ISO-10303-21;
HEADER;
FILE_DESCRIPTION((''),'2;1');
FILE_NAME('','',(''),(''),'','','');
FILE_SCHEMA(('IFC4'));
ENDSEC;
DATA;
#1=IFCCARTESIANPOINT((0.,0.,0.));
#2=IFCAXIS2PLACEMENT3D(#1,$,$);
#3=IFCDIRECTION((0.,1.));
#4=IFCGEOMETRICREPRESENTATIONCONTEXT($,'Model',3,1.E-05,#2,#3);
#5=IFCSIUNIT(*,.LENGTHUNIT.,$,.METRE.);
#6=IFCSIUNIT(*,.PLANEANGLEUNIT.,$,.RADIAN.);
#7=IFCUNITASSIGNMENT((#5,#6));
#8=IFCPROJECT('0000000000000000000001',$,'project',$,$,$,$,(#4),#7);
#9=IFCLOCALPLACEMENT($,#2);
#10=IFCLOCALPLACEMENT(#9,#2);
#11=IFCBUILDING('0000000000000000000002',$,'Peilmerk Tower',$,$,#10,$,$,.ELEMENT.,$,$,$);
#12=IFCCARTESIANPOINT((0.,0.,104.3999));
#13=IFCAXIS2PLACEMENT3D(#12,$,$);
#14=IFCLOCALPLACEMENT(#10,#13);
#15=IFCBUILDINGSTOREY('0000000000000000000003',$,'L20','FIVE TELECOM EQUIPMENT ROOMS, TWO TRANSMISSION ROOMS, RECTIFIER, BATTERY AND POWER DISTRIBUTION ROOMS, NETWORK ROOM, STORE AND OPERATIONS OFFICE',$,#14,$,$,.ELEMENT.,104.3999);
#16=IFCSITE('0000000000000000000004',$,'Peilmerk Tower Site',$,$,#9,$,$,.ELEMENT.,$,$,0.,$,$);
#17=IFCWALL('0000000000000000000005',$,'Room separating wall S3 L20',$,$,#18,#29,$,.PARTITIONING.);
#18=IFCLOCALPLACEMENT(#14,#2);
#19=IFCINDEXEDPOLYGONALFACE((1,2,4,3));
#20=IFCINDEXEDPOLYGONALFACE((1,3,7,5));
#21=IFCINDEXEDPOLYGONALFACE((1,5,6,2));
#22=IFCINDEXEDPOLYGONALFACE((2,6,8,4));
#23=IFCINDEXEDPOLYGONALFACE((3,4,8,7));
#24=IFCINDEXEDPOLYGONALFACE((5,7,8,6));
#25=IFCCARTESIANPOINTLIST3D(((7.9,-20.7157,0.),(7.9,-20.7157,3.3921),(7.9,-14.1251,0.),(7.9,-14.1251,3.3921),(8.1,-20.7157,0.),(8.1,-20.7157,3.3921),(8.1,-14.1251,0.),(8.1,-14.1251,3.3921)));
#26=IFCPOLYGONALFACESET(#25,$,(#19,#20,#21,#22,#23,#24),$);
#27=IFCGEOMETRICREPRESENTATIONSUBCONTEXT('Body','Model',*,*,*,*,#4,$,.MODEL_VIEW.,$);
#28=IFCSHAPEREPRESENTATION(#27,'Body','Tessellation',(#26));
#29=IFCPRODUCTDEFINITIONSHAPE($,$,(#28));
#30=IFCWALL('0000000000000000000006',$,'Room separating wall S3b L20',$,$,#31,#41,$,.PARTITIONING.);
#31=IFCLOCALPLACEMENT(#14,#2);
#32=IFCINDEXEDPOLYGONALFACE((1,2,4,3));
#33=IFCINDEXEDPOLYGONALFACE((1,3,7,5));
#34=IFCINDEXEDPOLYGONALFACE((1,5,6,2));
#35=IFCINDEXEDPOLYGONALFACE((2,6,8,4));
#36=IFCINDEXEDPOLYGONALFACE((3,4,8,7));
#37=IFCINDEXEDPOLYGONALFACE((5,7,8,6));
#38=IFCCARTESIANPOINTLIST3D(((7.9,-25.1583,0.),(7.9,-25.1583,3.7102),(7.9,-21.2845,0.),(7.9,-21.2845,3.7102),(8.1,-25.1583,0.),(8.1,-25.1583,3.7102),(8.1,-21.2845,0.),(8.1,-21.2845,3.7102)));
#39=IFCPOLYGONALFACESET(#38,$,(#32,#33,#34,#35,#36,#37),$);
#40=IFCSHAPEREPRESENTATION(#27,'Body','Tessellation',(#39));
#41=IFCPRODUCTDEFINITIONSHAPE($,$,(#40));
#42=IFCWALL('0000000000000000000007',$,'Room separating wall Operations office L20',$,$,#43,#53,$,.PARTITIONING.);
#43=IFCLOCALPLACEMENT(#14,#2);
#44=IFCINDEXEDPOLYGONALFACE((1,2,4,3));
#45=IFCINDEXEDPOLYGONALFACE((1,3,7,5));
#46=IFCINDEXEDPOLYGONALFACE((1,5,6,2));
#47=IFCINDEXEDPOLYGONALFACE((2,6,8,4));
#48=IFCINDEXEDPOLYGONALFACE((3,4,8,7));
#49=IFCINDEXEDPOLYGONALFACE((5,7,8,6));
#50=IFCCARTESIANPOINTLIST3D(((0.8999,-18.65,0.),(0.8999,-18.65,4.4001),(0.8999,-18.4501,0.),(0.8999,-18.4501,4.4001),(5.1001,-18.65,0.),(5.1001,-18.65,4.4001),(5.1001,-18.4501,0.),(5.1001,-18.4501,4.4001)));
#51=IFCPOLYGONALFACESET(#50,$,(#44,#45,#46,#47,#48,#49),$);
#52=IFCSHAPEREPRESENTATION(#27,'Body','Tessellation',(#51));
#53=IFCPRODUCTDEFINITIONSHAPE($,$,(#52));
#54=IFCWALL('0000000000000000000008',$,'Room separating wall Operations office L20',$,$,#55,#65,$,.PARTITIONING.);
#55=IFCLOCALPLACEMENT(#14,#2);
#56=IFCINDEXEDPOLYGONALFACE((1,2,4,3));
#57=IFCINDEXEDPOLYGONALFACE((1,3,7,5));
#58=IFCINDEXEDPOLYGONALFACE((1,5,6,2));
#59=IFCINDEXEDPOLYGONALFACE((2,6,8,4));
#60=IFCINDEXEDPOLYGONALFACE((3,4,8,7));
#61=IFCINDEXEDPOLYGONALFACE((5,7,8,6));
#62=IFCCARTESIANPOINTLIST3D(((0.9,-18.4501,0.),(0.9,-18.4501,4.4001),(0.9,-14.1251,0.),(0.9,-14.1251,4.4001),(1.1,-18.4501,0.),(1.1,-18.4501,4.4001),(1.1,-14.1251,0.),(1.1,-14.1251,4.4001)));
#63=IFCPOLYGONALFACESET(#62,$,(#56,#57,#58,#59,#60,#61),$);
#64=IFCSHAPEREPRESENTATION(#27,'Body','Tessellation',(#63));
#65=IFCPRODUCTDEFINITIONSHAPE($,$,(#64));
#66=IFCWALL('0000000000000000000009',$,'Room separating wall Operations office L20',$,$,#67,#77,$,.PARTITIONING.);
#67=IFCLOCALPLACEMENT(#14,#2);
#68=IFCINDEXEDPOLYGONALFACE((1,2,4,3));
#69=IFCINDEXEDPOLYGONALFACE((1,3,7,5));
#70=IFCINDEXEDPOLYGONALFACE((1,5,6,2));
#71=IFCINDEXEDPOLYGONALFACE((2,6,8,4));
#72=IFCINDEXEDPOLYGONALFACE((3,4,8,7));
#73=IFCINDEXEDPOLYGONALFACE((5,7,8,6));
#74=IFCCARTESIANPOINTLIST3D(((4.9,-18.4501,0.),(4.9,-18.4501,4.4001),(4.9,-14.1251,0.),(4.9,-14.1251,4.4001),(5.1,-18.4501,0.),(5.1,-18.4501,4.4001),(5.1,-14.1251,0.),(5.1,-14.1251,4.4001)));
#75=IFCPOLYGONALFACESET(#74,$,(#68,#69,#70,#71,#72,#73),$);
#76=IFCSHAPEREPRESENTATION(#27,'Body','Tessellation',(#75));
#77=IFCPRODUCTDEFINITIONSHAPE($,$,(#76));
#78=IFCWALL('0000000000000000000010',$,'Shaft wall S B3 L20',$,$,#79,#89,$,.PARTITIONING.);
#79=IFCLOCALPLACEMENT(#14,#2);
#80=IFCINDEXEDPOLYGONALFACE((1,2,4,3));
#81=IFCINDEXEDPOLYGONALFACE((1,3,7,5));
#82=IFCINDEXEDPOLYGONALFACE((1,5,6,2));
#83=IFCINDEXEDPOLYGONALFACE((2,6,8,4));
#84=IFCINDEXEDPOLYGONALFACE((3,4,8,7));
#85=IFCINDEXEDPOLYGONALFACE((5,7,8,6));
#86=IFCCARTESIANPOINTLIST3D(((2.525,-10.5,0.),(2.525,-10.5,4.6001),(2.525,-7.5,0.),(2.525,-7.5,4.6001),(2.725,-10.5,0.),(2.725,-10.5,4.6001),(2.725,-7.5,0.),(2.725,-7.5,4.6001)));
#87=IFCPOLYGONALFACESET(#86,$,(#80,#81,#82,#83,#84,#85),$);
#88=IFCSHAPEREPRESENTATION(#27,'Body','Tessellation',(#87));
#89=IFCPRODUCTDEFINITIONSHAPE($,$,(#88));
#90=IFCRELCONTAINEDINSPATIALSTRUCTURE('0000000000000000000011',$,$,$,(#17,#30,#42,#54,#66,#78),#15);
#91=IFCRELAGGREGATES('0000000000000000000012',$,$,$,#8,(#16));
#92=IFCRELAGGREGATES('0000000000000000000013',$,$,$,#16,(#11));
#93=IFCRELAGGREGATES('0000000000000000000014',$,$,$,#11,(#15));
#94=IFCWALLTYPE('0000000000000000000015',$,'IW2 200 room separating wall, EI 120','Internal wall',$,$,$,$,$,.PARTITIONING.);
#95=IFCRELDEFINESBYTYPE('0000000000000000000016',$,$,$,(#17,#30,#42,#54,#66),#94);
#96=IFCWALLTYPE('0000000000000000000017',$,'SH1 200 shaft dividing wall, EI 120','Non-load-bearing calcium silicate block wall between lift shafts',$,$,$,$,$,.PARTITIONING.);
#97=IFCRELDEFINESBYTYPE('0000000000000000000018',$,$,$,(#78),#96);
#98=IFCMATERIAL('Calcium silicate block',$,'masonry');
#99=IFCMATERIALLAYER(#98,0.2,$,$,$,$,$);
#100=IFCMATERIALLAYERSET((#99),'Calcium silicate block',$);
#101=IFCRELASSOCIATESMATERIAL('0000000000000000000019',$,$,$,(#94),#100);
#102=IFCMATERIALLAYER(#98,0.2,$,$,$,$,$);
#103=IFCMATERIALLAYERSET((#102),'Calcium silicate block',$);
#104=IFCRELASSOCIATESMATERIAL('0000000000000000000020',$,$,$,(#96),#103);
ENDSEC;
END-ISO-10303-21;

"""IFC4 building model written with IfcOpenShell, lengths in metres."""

from ifc_helpers import new_model, si_unit, direction, frame, frame_2d, origin, place, context, subcontext, project, spatial, rectangle, extrude, material, layer, layer_set, type_object, element, save


model = new_model("IFC4")

# Units and contexts
model_context = context("Model", 3, precision=1e-05, world=origin(), true_north=direction((0.0, 1.0)))
body_context = subcontext(model_context, "Body", "Model", "MODEL_VIEW")
ifc_project = project(units=[si_unit("LENGTHUNIT", "METRE"), si_unit("PLANEANGLEUNIT", "RADIAN")], contexts=[model_context])

# Site, building, storey
site_placement = place(None, origin())
site = spatial("IfcSite", under=ifc_project, at=site_placement, Name="Peilmerk Tower Site", CompositionType="ELEMENT", RefElevation=0.0)
building_placement = place(site_placement, origin())
building = spatial("IfcBuilding", under=site, at=building_placement, Name="Peilmerk Tower", CompositionType="ELEMENT")
storey_placement = place(building_placement, frame((0.0, 0.0, 104.3999)))
storey = spatial("IfcBuildingStorey", under=building, at=storey_placement, Name="L20", Description="FIVE TELECOM EQUIPMENT ROOMS, TWO TRANSMISSION ROOMS, RECTIFIER, BATTERY AND POWER DISTRIBUTION ROOMS, NETWORK ROOM, STORE AND OPERATIONS OFFICE", CompositionType="ELEMENT", Elevation=104.3999)

# Walls
ifc_material_1 = material(Name="Calcium silicate block", Category="masonry")
ifc_layer_1 = layer(ifc_material_1, 0.2)
ifc_layer_set_1 = layer_set([ifc_layer_1], Name="Calcium silicate block")
wall_type_1 = type_object("IfcWallType", Name="IW2 200 room separating wall, EI 120", Description="Internal wall", PredefinedType="PARTITIONING", material=ifc_layer_set_1)
wall_1_placement = place(storey_placement, frame((8.0, -14.125, 0.0), z_axis=(0.0, 0.0, 1.0), x_axis=(0.0, -1.0, 0.0)))
element("IfcWall", 1, at=wall_1_placement, inside=storey, type_object=wall_type_1, Name="Room separating wall S3 L20", PredefinedType="PARTITIONING", context=body_context, shape_type="SweptSolid", body=[
    extrude(rectangle(XDim=6.5906, YDim=0.2, at=frame_2d((3.2954, 0.0))), origin(), (0.0, 0.0, 1.0), 3.3921),
])
wall_2_placement = place(storey_placement, frame((8.0, -21.2844, 0.0), z_axis=(0.0, 0.0, 1.0), x_axis=(0.0, -1.0, 0.0)))
element("IfcWall", 2, at=wall_2_placement, inside=storey, type_object=wall_type_1, Name="Room separating wall S3b L20", PredefinedType="PARTITIONING", context=body_context, shape_type="SweptSolid", body=[
    extrude(rectangle(XDim=3.8738, YDim=0.2, at=frame_2d((1.937, 0.0))), origin(), (0.0, 0.0, 1.0), 3.7102),
])
wall_3_placement = place(storey_placement, frame((0.8999, -18.55, 0.0), z_axis=(0.0, 0.0, 1.0), x_axis=(1.0, 0.0, 0.0)))
element("IfcWall", 3, at=wall_3_placement, inside=storey, type_object=wall_type_1, Name="Room separating wall Operations office L20", PredefinedType="PARTITIONING", context=body_context, shape_type="SweptSolid", body=[
    extrude(rectangle(XDim=4.2002, YDim=0.2, at=frame_2d((2.1001, 0.0))), origin(), (0.0, 0.0, 1.0), 4.4001),
])
for number, where, z_axis, x_axis, name in (
    (4, (1.0, -14.125, 0.0), (0.0, 0.0, 1.0), (0.0, -1.0, 0.0), "Room separating wall Operations office L20"),
    (5, (5.0, -14.125, 0.0), (0.0, 0.0, 1.0), (0.0, -1.0, 0.0), "Room separating wall Operations office L20"),
):
    element("IfcWall", number, at=place(storey_placement, frame(where, z_axis=z_axis, x_axis=x_axis)), inside=storey, type_object=wall_type_1, Name=name, PredefinedType="PARTITIONING", context=body_context, shape_type="SweptSolid", body=[
        extrude(rectangle(XDim=4.325, YDim=0.2, at=frame_2d((2.1626, 0.0))), origin(), (0.0, 0.0, 1.0), 4.4001),
    ])
ifc_layer_2 = layer(ifc_material_1, 0.2)
ifc_layer_set_2 = layer_set([ifc_layer_2], Name="Calcium silicate block")
wall_type_2 = type_object("IfcWallType", Name="SH1 200 shaft dividing wall, EI 120", Description="Non-load-bearing calcium silicate block wall between lift shafts", PredefinedType="PARTITIONING", material=ifc_layer_set_2)
wall_4_placement = place(storey_placement, frame((2.625, -10.5, 0.0), z_axis=(0.0, 0.0, 1.0), x_axis=(0.0, 1.0, 0.0)))
element("IfcWall", 6, at=wall_4_placement, inside=storey, type_object=wall_type_2, Name="Shaft wall S B3 L20", PredefinedType="PARTITIONING", context=body_context, shape_type="SweptSolid", body=[
    extrude(rectangle(XDim=3.0, YDim=0.2, at=frame_2d((1.5, 0.0))), origin(), (0.0, 0.0, 1.0), 4.6001),
])

save(model, "model.ifc")
